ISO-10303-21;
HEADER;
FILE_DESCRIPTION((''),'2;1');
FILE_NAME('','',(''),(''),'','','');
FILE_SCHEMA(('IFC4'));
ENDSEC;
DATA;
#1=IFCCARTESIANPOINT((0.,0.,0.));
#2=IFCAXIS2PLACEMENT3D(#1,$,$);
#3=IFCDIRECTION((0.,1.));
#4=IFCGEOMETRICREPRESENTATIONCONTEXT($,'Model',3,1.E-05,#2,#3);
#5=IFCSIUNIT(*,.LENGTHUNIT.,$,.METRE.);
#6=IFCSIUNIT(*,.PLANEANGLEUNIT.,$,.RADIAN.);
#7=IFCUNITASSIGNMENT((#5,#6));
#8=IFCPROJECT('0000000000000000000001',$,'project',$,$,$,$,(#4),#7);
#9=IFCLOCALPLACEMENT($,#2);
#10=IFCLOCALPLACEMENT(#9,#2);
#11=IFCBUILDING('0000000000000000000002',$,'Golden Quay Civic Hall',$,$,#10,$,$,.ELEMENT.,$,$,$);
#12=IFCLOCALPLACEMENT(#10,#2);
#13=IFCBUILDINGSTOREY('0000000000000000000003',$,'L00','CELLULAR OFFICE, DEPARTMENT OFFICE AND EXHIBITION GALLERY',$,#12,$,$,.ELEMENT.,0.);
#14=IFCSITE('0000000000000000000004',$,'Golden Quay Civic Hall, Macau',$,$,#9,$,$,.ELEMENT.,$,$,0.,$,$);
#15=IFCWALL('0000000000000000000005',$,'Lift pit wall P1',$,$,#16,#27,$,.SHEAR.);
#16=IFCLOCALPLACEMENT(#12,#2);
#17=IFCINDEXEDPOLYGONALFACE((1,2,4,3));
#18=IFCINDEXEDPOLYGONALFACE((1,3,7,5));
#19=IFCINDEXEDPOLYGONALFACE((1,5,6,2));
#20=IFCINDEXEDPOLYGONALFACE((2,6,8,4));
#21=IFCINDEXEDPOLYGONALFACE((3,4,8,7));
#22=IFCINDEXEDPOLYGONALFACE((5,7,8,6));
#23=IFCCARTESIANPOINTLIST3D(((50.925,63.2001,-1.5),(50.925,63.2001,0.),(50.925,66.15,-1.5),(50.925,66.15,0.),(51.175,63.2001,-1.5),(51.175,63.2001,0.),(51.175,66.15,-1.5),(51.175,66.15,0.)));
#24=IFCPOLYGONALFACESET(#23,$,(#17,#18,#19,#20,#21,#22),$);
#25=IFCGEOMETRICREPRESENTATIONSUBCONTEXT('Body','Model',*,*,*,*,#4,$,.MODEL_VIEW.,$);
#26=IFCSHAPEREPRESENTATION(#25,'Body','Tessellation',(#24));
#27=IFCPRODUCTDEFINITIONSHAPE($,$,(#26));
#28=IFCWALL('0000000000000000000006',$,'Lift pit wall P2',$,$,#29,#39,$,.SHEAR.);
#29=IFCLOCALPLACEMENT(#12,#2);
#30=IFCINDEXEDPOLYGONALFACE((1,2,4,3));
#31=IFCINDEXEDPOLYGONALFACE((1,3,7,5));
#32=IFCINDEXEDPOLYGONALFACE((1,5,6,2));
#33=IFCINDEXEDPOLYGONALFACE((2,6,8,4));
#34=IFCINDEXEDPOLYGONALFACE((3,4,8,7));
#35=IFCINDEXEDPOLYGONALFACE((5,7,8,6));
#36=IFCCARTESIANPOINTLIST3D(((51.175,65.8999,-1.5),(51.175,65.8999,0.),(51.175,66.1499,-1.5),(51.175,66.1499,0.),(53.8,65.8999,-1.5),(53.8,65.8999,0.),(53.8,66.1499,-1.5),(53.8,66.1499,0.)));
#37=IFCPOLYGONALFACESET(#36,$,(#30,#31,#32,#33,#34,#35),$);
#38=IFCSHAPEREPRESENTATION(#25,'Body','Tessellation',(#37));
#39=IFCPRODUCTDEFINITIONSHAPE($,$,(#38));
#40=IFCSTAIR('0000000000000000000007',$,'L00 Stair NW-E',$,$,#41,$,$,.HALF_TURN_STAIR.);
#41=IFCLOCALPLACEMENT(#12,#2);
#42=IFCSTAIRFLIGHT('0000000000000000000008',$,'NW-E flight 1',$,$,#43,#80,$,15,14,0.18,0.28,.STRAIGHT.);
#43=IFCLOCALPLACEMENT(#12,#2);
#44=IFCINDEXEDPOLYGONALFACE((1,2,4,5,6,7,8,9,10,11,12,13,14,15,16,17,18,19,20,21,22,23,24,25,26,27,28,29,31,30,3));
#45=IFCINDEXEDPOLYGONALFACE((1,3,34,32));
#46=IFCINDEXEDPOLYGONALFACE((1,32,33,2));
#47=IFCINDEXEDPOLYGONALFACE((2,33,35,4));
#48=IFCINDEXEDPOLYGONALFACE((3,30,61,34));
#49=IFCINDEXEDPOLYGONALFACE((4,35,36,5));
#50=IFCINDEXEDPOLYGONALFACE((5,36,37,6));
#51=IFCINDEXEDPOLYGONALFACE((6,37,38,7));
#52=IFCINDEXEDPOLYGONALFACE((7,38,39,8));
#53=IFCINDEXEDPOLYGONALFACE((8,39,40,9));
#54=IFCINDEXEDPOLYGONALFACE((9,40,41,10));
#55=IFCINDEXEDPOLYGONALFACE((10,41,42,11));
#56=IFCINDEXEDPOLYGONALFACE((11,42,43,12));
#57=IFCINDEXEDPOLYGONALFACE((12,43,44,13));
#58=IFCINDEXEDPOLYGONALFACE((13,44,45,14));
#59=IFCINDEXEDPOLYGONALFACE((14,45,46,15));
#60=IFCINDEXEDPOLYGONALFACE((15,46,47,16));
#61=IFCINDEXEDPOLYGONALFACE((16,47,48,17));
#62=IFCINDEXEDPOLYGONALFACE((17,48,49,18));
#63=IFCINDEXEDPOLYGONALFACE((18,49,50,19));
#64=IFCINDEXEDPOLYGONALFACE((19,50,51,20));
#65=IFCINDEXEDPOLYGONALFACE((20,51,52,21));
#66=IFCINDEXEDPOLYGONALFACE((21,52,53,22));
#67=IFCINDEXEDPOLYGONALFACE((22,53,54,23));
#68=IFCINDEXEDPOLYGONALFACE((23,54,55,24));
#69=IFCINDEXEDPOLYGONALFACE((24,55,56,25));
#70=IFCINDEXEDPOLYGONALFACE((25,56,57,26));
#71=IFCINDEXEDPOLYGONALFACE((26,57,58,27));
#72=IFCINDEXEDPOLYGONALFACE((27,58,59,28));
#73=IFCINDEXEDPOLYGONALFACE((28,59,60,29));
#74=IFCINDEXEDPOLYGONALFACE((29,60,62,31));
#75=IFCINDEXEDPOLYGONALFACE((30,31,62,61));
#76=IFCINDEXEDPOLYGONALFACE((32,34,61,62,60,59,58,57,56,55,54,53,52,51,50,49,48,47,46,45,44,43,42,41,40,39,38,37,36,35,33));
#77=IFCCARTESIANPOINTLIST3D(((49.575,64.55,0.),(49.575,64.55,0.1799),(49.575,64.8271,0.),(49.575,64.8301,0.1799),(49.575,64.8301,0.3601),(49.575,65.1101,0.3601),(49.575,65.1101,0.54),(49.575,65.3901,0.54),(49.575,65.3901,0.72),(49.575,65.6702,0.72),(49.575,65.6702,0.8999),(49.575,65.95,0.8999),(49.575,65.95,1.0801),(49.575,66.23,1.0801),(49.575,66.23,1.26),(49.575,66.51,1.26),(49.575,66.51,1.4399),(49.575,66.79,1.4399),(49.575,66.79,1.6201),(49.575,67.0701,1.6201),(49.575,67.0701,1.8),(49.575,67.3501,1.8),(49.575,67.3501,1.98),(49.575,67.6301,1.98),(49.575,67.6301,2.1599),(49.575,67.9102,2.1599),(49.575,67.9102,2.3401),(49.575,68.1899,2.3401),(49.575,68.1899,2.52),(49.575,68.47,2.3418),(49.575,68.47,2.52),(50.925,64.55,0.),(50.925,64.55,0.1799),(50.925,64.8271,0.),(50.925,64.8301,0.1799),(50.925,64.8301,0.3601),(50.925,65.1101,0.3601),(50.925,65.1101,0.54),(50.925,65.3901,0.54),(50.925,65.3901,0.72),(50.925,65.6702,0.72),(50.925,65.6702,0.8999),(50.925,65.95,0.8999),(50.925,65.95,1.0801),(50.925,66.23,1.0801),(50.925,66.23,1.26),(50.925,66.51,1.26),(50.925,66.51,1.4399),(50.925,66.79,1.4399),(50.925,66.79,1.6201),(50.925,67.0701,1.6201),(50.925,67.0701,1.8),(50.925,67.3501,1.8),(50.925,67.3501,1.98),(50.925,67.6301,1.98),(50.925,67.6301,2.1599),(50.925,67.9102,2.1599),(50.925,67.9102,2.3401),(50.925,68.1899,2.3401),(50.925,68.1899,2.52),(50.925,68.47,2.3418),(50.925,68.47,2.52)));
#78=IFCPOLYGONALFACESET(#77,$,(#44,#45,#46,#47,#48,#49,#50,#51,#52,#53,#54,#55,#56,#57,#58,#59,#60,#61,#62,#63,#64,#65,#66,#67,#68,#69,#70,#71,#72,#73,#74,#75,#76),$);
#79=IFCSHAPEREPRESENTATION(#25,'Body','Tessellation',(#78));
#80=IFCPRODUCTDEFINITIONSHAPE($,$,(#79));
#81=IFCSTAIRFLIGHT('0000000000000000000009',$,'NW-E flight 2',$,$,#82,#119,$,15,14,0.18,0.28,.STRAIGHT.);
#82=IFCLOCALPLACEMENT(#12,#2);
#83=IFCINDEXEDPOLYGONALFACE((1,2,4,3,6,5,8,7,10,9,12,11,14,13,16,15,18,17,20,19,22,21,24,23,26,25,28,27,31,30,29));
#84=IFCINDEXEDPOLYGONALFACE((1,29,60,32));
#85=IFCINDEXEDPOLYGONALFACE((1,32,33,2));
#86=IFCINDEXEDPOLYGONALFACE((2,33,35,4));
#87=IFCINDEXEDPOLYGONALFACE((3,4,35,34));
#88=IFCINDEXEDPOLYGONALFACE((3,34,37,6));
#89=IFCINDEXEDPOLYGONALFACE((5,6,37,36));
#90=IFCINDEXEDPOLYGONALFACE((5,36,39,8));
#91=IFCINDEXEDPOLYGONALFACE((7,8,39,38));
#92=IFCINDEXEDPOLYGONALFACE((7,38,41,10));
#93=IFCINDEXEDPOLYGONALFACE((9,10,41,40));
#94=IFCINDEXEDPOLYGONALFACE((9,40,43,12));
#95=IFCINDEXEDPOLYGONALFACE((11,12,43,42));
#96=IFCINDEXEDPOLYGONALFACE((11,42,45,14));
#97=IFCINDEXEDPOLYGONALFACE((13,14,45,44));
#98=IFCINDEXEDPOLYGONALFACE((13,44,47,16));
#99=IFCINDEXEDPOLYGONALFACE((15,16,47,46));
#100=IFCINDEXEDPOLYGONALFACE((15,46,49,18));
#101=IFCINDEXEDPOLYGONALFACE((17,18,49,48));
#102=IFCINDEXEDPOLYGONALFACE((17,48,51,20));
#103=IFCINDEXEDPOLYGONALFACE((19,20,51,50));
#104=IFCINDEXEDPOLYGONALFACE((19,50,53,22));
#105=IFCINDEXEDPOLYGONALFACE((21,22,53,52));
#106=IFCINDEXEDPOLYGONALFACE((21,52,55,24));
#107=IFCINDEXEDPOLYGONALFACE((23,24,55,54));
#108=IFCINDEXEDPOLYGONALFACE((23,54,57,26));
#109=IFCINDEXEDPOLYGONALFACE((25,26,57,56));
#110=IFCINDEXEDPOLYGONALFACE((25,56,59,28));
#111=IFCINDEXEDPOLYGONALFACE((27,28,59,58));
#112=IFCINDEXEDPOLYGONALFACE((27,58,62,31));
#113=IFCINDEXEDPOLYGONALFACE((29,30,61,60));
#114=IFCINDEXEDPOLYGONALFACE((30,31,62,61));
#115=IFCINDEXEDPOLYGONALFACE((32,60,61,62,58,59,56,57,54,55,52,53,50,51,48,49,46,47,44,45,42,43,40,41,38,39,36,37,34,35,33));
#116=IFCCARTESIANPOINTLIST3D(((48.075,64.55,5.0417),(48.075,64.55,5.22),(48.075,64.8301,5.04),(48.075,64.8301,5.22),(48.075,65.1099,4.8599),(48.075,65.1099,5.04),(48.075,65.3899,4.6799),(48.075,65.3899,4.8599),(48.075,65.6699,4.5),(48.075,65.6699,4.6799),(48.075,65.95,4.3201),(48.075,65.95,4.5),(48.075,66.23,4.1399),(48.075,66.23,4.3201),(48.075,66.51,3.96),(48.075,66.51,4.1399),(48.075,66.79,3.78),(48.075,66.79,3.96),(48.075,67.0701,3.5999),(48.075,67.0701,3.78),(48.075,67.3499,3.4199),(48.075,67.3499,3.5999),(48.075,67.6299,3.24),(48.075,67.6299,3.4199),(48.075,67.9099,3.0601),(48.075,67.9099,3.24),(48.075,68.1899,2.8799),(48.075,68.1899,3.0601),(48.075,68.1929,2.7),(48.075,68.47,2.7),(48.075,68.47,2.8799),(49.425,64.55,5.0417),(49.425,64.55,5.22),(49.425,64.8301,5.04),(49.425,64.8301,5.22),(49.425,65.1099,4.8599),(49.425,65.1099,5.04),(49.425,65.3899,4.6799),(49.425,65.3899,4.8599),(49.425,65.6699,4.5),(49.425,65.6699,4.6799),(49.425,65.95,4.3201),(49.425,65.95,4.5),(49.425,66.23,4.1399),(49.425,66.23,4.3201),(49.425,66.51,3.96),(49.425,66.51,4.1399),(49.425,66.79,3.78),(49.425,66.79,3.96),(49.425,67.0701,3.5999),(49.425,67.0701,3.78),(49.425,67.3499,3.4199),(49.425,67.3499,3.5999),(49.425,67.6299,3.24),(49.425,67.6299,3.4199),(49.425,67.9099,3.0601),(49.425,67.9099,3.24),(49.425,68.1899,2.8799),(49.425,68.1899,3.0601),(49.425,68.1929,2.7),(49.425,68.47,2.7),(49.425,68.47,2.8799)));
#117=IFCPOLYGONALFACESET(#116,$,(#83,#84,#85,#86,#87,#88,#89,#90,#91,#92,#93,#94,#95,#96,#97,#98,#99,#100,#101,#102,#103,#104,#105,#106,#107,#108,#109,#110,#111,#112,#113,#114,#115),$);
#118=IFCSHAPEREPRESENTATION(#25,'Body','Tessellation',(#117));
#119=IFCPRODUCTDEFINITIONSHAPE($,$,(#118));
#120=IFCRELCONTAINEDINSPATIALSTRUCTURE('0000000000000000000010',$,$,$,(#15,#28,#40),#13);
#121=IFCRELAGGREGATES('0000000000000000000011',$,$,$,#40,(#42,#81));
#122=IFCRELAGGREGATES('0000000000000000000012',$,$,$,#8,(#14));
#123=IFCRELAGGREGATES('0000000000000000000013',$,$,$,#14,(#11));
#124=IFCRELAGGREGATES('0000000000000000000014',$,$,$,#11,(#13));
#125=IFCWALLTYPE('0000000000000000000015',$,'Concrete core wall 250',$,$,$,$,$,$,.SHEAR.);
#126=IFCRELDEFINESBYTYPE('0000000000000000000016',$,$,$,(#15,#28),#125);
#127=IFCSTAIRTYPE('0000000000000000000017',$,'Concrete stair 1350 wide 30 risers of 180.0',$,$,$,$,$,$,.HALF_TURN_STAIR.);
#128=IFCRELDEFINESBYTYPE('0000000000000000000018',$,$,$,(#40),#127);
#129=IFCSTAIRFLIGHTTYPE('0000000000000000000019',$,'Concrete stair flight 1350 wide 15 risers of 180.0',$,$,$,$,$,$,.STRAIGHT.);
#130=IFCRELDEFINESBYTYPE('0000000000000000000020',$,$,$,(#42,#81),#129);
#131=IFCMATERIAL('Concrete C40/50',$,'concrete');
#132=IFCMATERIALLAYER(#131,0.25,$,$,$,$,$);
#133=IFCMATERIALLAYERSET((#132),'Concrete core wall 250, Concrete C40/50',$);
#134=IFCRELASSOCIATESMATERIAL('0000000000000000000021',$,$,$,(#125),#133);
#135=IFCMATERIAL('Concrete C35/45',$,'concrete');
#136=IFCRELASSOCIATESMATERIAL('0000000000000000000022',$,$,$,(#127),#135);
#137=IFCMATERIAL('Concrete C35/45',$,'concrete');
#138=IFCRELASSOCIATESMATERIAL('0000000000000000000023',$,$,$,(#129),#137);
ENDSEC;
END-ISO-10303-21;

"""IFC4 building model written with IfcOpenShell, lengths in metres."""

from ifc_helpers import new_model, si_unit, direction, frame, frame_2d, origin, place, context, subcontext, project, spatial, polyline, rectangle, outline, extrude, material, layer, layer_set, type_object, element, aggregate, save


model = new_model("IFC4")

# Units and contexts
model_context = context("Model", 3, precision=1e-05, world=origin(), true_north=direction((0.0, 1.0)))
body_context = subcontext(model_context, "Body", "Model", "MODEL_VIEW")
ifc_project = project(units=[si_unit("LENGTHUNIT", "METRE"), si_unit("PLANEANGLEUNIT", "RADIAN")], contexts=[model_context])

# Site, building, storey
site_placement = place(None, origin())
site = spatial("IfcSite", under=ifc_project, at=site_placement, Name="Golden Quay Civic Hall, Macau", CompositionType="ELEMENT", RefElevation=0.0)
building_placement = place(site_placement, origin())
building = spatial("IfcBuilding", under=site, at=building_placement, Name="Golden Quay Civic Hall", CompositionType="ELEMENT")
storey_placement = place(building_placement, origin())
storey = spatial("IfcBuildingStorey", under=building, at=storey_placement, Name="L00", Description="CELLULAR OFFICE, DEPARTMENT OFFICE AND EXHIBITION GALLERY", CompositionType="ELEMENT", Elevation=0.0)

# Shared definitions
ifc_material_1 = material(Name="Concrete C40/50", Category="concrete")
ifc_layer = layer(ifc_material_1, 0.25)
ifc_layer_set = layer_set([ifc_layer], Name="Concrete core wall 250, Concrete C40/50")
wall_type = type_object("IfcWallType", Name="Concrete core wall 250", PredefinedType="SHEAR", material=ifc_layer_set)

# Walls
wall_1_placement = place(storey_placement, frame((51.05, 63.2, -1.5), z_axis=(0.0, 0.0, 1.0), x_axis=(0.0, 1.0, 0.0)))
element("IfcWall", 1, at=wall_1_placement, inside=storey, type_object=wall_type, Name="Lift pit wall P1", PredefinedType="SHEAR", context=body_context, shape_type="SweptSolid", body=[
    extrude(rectangle(XDim=2.95, YDim=0.25, at=frame_2d((1.4751, 0.0))), origin(), (0.0, 0.0, 1.0), 1.5),
])
wall_2_placement = place(storey_placement, frame((51.175, 66.0249, -1.5), z_axis=(0.0, 0.0, 1.0), x_axis=(1.0, 0.0, 0.0)))
element("IfcWall", 2, at=wall_2_placement, inside=storey, type_object=wall_type, Name="Lift pit wall P2", PredefinedType="SHEAR", context=body_context, shape_type="SweptSolid", body=[
    extrude(rectangle(XDim=2.625, YDim=0.25, at=frame_2d((1.3125, 0.0))), origin(), (0.0, 0.0, 1.0), 1.5),
])

# Stair, stair flights
ifc_material_2 = material(Name="Concrete C35/45", Category="concrete")
stair_type = type_object("IfcStairType", Name="Concrete stair 1350 wide 30 risers of 180.0", PredefinedType="HALF_TURN_STAIR", material=ifc_material_2)
stair_placement = place(storey_placement, origin())
stair = element("IfcStair", 3, at=stair_placement, inside=storey, type_object=stair_type, Name="L00 Stair NW-E", PredefinedType="HALF_TURN_STAIR")
ifc_material_3 = material(Name="Concrete C35/45", Category="concrete")
stair_flight_type = type_object("IfcStairFlightType", Name="Concrete stair flight 1350 wide 15 risers of 180.0", PredefinedType="STRAIGHT", material=ifc_material_3)
stair_flight_1_placement = place(storey_placement, frame((50.25, 64.55, 0.0), z_axis=(0.0, 0.0, 1.0), x_axis=(0.0, 1.0, 0.0)))
stair_flight_1 = element("IfcStairFlight", 4, at=stair_flight_1_placement, type_object=stair_flight_type, Name="NW-E flight 1", NumberOfRisers=15, NumberOfTreads=14, PredefinedType="STRAIGHT", RiserHeight=0.18, TreadLength=0.28, context=body_context, shape_type="SweptSolid", body=[
    extrude(outline(polyline([(0.0, 0.0), (0.0, 0.1799), (0.28, 0.1799), (0.28, 0.3601), (0.5601, 0.3601), (0.5601, 0.54), (0.8401, 0.54), (0.8401, 0.72), (1.1201, 0.72), (1.1201, 0.8999), (1.3999, 0.8999), (1.3999, 1.0801), (1.6799, 1.0801), (1.6799, 1.26), (1.96, 1.26), (1.96, 1.4399), (2.24, 1.4399), (2.24, 1.6201), (2.52, 1.6201), (2.52, 1.8), (2.8, 1.8), (2.8, 1.98), (3.0801, 1.98), (3.0801, 2.1599), (3.3601, 2.1599), (3.3601, 2.3401), (3.6399, 2.3401), (3.6399, 2.52), (3.9199, 2.52), (3.9199, 2.7), (3.9199, 2.3418), (0.2771, 0.0), (0.0, 0.0)])), frame((0.0, 0.675, 0.0), z_axis=(0.0, -1.0, 0.0), x_axis=(1.0, 0.0, 0.0)), (0.0, 0.0, 1.0), 1.35),
])
stair_flight_2_placement = place(storey_placement, frame((48.75, 68.47, 2.7), z_axis=(0.0, 0.0, 1.0), x_axis=(0.0, -1.0, 0.0)))
stair_flight_2 = element("IfcStairFlight", 5, at=stair_flight_2_placement, type_object=stair_flight_type, Name="NW-E flight 2", NumberOfRisers=15, NumberOfTreads=14, PredefinedType="STRAIGHT", RiserHeight=0.18, TreadLength=0.28, context=body_context, shape_type="SweptSolid", body=[
    extrude(outline(polyline([(0.0, 0.0), (0.0, 0.1799), (0.28, 0.1799), (0.28, 0.3601), (0.5601, 0.3601), (0.5601, 0.54), (0.8401, 0.54), (0.8401, 0.72), (1.1201, 0.72), (1.1201, 0.8999), (1.3999, 0.8999), (1.3999, 1.0801), (1.6799, 1.0801), (1.6799, 1.26), (1.96, 1.26), (1.96, 1.4399), (2.24, 1.4399), (2.24, 1.6201), (2.52, 1.6201), (2.52, 1.8), (2.8, 1.8), (2.8, 1.98), (3.0801, 1.98), (3.0801, 2.1599), (3.3601, 2.1599), (3.3601, 2.3401), (3.6399, 2.3401), (3.6399, 2.52), (3.9199, 2.52), (3.9199, 2.7), (3.9199, 2.3418), (0.2771, 0.0), (0.0, 0.0)])), frame((0.0, 0.675, 0.0), z_axis=(0.0, -1.0, 0.0), x_axis=(1.0, 0.0, 0.0)), (0.0, 0.0, 1.0), 1.35),
])
aggregate(stair, [stair_flight_1, stair_flight_2])

save(model, "model.ifc")
